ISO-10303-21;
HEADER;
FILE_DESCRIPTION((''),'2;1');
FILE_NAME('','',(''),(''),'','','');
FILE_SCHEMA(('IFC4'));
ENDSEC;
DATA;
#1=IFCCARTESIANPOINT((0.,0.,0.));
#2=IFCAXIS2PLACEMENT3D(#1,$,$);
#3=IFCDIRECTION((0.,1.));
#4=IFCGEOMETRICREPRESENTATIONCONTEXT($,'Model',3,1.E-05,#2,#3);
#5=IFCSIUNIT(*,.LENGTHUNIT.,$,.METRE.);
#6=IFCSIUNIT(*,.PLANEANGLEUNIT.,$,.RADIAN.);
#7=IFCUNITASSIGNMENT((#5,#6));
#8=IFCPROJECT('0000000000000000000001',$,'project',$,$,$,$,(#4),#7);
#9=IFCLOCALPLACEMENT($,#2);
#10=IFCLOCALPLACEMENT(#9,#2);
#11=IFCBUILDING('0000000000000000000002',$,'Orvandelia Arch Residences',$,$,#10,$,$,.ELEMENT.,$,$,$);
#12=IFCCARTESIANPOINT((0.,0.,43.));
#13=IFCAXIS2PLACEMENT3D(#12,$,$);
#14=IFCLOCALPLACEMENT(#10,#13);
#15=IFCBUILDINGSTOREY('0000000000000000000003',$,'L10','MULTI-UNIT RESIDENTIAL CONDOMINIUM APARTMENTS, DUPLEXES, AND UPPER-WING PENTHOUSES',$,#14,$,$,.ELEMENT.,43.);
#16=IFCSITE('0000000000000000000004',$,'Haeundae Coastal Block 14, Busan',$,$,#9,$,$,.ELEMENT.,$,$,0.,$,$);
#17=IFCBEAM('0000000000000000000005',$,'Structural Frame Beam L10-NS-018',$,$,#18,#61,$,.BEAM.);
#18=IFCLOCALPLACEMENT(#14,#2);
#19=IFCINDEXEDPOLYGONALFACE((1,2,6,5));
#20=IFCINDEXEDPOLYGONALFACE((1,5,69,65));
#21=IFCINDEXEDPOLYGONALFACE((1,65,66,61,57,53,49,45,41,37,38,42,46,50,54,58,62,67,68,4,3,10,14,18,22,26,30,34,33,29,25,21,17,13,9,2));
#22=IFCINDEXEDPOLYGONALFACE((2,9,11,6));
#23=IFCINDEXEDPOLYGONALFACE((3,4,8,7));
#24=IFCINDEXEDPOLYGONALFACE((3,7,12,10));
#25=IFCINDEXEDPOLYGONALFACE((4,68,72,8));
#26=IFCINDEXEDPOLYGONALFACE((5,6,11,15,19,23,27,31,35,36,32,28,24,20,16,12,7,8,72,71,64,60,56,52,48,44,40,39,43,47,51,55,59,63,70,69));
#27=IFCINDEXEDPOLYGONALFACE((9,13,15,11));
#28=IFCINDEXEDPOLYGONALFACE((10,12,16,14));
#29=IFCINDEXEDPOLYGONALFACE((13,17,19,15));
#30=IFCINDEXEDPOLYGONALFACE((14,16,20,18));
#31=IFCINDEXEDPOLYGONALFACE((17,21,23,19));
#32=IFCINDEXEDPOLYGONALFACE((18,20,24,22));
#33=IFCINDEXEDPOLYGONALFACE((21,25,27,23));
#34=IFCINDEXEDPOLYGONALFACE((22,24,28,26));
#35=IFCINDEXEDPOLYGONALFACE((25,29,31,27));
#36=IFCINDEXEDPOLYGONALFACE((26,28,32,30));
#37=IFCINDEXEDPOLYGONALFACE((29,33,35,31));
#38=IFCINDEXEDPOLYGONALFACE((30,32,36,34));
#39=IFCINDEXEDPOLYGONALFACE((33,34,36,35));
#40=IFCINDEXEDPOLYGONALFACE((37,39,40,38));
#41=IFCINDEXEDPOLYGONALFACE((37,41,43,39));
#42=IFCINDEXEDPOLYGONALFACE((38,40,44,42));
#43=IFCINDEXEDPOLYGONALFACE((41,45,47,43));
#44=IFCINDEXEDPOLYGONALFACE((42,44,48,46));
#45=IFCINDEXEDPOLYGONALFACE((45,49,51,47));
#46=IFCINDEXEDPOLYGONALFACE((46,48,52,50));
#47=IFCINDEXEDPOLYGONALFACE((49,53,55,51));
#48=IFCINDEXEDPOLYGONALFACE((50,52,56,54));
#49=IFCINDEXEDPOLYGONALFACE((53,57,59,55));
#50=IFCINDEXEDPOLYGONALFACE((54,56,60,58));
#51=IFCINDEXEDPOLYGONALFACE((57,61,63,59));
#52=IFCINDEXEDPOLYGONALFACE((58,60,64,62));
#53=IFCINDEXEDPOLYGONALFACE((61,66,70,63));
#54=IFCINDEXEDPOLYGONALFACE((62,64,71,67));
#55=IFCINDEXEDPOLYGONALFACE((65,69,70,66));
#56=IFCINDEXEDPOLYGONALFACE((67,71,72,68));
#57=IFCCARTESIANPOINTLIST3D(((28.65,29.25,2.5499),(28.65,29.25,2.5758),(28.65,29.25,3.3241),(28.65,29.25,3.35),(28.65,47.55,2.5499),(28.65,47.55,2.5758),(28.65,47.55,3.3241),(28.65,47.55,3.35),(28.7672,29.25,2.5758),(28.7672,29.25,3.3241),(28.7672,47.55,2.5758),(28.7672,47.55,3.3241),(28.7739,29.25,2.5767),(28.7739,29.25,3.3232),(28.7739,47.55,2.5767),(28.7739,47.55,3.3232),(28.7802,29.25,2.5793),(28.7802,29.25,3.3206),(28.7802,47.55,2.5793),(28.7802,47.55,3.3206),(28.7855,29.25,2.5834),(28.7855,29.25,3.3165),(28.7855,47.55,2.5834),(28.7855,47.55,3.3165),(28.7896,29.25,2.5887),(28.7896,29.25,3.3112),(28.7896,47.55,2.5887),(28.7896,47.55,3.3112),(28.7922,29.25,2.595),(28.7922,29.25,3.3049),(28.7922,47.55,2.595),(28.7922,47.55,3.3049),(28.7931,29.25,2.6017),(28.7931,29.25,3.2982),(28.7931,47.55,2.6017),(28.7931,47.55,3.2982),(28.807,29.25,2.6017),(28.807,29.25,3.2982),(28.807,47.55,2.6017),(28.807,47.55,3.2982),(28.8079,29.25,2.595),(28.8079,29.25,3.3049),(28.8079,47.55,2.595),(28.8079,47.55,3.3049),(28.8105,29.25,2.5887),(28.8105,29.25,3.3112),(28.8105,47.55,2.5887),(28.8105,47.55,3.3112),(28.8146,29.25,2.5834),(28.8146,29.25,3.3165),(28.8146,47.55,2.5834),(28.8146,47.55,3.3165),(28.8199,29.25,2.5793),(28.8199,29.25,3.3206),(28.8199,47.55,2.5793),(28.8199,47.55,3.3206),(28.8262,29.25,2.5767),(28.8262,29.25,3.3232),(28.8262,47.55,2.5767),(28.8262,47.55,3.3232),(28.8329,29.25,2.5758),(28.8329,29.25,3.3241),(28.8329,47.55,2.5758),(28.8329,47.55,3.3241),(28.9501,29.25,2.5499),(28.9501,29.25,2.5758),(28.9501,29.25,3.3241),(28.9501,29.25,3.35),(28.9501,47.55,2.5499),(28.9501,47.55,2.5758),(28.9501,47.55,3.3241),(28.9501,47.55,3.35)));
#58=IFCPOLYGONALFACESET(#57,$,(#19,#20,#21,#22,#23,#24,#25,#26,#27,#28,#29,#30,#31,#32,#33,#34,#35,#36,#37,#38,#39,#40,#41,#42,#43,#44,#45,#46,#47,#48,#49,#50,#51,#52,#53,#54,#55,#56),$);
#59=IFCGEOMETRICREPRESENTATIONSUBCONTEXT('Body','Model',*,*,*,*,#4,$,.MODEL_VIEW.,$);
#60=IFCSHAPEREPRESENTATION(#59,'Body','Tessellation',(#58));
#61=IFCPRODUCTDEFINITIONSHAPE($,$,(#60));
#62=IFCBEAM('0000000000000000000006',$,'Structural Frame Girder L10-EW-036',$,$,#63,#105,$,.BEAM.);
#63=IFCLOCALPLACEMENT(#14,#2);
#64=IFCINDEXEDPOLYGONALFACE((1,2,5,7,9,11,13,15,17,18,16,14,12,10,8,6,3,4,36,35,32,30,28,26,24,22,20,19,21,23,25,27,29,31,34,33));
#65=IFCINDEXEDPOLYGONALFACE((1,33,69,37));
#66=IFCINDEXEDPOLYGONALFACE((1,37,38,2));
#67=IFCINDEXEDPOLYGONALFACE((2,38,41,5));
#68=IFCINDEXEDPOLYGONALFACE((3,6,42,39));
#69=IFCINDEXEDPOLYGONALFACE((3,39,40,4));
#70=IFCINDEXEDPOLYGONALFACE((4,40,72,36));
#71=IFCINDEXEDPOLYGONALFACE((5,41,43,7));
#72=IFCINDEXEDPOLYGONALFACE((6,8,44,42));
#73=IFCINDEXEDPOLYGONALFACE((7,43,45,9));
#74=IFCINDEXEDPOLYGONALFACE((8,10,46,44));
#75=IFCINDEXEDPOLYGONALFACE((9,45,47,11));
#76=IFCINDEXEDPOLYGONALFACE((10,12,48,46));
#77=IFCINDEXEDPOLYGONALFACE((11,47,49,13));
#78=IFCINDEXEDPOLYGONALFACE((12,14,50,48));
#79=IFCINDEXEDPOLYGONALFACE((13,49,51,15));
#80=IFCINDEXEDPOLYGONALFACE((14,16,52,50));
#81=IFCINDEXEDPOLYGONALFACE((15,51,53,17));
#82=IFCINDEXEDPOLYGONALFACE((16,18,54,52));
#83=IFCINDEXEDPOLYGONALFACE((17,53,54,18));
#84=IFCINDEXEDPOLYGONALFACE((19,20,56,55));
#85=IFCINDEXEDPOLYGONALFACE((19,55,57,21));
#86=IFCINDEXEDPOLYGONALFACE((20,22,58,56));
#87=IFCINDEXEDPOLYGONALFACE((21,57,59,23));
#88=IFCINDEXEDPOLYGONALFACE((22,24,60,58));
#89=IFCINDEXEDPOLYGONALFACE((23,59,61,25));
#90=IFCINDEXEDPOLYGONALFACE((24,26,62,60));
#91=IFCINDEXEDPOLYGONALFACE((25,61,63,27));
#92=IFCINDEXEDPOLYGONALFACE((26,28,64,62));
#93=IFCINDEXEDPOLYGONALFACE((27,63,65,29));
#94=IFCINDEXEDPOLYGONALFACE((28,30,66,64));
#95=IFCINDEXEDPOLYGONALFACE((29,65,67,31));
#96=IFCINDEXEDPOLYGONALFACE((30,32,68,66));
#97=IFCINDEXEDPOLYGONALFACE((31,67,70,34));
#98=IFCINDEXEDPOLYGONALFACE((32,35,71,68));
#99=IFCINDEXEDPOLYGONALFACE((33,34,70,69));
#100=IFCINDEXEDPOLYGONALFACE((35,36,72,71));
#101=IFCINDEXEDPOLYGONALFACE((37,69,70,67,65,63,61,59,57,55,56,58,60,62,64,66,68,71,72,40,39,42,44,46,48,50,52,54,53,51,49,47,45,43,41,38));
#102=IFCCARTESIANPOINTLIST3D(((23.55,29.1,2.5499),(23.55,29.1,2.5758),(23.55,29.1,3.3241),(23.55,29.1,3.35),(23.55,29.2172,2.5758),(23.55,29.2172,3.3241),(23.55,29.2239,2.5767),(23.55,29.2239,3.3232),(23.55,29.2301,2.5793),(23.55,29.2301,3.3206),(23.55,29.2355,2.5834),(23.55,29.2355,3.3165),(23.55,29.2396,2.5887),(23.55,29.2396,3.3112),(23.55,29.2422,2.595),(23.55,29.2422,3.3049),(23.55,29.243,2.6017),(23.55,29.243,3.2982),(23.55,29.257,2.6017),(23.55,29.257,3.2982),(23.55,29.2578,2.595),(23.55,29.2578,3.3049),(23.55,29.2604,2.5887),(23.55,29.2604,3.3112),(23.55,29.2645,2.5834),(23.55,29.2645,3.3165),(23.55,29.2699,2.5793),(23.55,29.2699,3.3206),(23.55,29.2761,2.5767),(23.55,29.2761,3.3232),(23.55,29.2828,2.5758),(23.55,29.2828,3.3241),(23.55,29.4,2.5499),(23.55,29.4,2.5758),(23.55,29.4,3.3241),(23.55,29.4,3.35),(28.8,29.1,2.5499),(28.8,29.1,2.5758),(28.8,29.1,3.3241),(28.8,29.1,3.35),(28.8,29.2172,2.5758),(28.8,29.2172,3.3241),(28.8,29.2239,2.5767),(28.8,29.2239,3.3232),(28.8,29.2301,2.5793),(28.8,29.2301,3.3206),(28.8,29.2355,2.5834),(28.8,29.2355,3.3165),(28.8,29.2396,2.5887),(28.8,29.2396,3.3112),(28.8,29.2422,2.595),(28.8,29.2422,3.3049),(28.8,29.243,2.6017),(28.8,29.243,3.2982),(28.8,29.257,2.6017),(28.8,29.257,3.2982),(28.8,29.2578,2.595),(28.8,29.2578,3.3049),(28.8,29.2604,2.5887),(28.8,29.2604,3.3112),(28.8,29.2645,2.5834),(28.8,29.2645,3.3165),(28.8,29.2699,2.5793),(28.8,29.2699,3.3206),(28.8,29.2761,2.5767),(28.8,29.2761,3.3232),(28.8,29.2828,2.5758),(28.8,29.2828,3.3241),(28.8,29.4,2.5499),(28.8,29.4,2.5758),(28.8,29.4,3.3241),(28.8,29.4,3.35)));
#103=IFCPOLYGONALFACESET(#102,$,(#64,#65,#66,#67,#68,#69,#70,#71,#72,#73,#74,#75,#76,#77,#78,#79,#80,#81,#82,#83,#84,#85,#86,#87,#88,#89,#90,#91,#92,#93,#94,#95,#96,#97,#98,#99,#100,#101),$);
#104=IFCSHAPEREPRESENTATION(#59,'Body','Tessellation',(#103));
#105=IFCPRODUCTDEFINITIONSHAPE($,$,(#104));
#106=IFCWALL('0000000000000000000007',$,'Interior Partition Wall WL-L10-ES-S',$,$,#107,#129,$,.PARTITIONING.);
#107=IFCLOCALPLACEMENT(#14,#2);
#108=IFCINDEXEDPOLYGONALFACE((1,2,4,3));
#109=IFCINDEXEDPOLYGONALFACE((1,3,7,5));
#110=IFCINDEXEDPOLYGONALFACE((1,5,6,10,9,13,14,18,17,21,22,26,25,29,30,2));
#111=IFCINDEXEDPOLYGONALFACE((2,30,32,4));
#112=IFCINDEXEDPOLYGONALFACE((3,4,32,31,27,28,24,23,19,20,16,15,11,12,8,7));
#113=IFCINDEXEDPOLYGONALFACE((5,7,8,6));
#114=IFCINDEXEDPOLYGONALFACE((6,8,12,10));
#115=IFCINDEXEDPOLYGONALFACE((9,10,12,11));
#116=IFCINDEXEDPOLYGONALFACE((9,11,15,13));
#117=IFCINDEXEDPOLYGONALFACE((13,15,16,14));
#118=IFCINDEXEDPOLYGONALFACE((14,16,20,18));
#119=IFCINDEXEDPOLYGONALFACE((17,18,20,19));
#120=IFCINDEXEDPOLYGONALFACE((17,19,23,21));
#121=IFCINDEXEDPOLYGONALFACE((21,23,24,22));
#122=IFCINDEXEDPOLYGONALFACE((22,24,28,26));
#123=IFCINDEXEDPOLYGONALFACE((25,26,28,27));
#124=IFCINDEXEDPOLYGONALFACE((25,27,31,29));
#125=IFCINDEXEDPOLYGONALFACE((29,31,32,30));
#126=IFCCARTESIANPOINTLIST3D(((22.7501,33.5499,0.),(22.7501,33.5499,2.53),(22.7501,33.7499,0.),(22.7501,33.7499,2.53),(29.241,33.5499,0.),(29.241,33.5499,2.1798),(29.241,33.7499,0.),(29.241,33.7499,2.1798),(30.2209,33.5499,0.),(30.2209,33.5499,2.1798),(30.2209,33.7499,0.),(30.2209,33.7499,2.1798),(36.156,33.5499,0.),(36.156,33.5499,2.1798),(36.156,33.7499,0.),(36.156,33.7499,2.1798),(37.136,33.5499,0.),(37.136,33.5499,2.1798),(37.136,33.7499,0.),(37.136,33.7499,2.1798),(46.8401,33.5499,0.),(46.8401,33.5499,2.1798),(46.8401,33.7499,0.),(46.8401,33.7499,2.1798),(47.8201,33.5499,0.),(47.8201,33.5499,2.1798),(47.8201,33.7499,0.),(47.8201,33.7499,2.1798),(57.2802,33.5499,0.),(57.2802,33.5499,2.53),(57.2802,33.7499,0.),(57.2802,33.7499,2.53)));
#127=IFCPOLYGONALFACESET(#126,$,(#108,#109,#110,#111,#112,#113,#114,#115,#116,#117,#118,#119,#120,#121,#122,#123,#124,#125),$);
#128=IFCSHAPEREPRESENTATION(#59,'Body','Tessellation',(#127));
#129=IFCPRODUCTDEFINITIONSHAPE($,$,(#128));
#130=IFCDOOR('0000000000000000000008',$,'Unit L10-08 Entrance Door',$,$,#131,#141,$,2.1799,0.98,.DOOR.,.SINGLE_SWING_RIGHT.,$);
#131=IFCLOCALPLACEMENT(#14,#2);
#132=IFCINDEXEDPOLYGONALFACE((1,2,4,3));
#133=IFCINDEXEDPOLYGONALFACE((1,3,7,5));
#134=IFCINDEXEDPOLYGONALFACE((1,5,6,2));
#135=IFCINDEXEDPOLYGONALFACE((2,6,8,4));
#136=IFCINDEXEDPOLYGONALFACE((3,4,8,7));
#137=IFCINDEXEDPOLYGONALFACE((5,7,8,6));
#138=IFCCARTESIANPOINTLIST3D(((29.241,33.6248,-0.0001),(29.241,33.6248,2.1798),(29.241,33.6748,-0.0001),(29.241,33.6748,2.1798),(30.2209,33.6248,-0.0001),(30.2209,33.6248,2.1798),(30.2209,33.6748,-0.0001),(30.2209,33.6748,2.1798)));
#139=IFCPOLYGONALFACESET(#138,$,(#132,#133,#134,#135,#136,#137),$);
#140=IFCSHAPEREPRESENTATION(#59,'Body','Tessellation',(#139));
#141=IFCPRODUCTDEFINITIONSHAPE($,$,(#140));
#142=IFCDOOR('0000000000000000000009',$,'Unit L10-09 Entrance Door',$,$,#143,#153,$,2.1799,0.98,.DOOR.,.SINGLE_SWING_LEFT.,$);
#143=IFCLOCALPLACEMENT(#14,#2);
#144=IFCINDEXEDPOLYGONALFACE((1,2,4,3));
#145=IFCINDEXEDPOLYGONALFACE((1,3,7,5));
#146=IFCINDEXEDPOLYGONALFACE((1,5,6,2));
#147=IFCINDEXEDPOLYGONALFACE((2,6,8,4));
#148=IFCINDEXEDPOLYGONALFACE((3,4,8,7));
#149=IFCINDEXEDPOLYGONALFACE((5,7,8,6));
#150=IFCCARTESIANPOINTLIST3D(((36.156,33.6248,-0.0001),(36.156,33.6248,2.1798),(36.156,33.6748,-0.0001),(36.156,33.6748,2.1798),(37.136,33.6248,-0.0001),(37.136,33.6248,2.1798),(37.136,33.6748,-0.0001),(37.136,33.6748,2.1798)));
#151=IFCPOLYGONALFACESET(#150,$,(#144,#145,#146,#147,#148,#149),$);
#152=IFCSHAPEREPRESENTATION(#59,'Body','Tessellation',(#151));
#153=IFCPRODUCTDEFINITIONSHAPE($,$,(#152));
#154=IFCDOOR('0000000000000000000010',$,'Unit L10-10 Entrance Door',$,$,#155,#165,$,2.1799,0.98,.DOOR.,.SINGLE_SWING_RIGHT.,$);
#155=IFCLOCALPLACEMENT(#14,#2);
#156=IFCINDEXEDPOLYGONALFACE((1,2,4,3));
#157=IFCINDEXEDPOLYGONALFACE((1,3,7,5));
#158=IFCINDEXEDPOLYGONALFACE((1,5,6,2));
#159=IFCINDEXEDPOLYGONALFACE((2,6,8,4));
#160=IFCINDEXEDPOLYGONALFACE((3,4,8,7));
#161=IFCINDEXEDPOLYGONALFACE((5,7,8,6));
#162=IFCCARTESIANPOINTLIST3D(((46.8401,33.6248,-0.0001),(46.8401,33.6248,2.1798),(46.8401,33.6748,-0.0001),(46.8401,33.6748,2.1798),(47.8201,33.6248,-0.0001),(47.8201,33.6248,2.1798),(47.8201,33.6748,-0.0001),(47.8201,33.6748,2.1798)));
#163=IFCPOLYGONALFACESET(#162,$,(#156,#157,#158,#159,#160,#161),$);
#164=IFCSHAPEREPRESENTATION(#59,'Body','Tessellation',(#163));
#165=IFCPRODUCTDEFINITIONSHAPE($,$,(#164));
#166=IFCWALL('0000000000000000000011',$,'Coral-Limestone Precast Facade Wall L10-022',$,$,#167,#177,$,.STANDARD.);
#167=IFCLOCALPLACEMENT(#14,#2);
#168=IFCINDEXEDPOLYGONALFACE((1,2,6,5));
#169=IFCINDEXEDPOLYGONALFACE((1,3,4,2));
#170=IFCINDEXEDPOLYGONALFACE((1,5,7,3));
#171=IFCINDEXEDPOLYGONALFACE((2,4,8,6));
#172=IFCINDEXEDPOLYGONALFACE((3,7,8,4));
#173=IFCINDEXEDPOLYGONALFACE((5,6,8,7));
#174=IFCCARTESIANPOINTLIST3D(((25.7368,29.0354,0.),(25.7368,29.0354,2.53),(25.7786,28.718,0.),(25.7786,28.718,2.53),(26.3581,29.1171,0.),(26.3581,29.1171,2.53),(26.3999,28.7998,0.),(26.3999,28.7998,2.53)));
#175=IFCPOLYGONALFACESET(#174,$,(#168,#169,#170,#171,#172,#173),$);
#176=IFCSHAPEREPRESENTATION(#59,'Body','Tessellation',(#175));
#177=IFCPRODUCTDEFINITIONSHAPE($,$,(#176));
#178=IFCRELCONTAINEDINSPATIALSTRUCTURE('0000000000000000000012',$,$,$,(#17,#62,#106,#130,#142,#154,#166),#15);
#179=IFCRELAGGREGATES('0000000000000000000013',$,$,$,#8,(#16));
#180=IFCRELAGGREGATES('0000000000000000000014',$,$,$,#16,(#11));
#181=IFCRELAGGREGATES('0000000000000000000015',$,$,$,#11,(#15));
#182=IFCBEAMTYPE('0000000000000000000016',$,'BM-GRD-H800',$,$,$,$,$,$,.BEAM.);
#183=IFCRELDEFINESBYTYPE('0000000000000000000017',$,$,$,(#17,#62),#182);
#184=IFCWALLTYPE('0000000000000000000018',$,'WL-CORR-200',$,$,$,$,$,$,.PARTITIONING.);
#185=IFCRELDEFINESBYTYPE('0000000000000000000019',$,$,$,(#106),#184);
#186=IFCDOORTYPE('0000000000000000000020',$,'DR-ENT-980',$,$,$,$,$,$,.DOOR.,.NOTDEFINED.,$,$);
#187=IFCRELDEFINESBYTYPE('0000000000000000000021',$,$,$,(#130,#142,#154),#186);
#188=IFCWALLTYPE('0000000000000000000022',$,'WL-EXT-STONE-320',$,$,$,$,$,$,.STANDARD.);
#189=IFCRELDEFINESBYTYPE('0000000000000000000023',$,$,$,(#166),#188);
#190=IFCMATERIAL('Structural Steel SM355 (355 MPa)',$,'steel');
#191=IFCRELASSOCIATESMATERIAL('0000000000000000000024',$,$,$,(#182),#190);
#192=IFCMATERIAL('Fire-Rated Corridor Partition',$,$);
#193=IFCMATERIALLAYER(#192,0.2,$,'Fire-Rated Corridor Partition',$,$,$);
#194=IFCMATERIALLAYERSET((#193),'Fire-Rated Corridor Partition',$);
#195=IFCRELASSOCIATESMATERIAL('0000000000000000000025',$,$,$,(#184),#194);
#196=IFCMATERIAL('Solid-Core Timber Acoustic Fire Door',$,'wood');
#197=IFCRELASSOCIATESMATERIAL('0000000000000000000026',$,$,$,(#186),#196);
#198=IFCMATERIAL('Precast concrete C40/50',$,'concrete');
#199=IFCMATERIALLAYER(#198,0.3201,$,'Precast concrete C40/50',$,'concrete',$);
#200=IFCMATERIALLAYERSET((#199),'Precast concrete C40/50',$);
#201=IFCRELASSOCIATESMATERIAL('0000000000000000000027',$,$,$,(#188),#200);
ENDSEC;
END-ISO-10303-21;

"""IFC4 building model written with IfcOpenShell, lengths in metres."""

from ifc_helpers import new_model, si_unit, direction, frame, frame_2d, origin, origin_2d, place, context, subcontext, project, spatial, rectangle, i_section, extrude, material, layer, layer_set, material_profile, profile_set, type_object, element, fill, save


model = new_model("IFC4")

# Units and contexts
model_context = context("Model", 3, precision=1e-05, world=origin(), true_north=direction((0.0, 1.0)))
body_context = subcontext(model_context, "Body", "Model", "MODEL_VIEW")
ifc_project = project(units=[si_unit("LENGTHUNIT", "METRE"), si_unit("PLANEANGLEUNIT", "RADIAN")], contexts=[model_context])

# Site, building, storey
site_placement = place(None, origin())
site = spatial("IfcSite", under=ifc_project, at=site_placement, Name="Haeundae Coastal Block 14, Busan", CompositionType="ELEMENT", RefElevation=0.0)
building_placement = place(site_placement, origin())
building = spatial("IfcBuilding", under=site, at=building_placement, Name="Orvandelia Arch Residences", CompositionType="ELEMENT")
storey_placement = place(building_placement, frame((0.0, 0.0, 43.0)))
storey = spatial("IfcBuildingStorey", under=building, at=storey_placement, Name="L10", Description="MULTI-UNIT RESIDENTIAL CONDOMINIUM APARTMENTS, DUPLEXES, AND UPPER-WING PENTHOUSES", CompositionType="ELEMENT", Elevation=43.0)

# Beams
ifc_material_1 = material(Name="Structural Steel SM355 (355 MPa)", Category="steel")
ifc_material_profile_1 = material_profile(ifc_material_1, i_section(OverallWidth=0.3, OverallDepth=0.8, WebThickness=0.0139, FlangeThickness=0.0259, FilletRadius=0.0259, at=origin_2d()), Name="Structural Steel SM355 (355 MPa)", Category="steel")
ifc_profile_set_1 = profile_set([ifc_material_profile_1], Name="Structural Steel SM355 (355 MPa)")
beam_type = type_object("IfcBeamType", Name="BM-GRD-H800", PredefinedType="BEAM", material=ifc_profile_set_1)
beam_1_placement = place(storey_placement, frame((28.8, 29.25, 2.95), z_axis=(0.0, 1.0, 0.0), x_axis=(-1.0, 0.0, 0.0)))
element("IfcBeam", 1, at=beam_1_placement, inside=storey, type_object=beam_type, Name="Structural Frame Beam L10-NS-018", PredefinedType="BEAM", context=body_context, shape_type="SweptSolid", body=[
    extrude(i_section(OverallWidth=0.3, OverallDepth=0.8, WebThickness=0.0139, FlangeThickness=0.0259, FilletRadius=0.0259, at=origin_2d()), origin(), (0.0, 0.0, 1.0), 18.3),
])
beam_2_placement = place(storey_placement, frame((23.55, 29.25, 2.95), z_axis=(1.0, 0.0, 0.0), x_axis=(0.0, 1.0, 0.0)))
element("IfcBeam", 2, at=beam_2_placement, inside=storey, type_object=beam_type, Name="Structural Frame Girder L10-EW-036", PredefinedType="BEAM", context=body_context, shape_type="SweptSolid", body=[
    extrude(i_section(OverallWidth=0.3, OverallDepth=0.8, WebThickness=0.0139, FlangeThickness=0.0259, FilletRadius=0.0259, at=origin_2d()), origin(), (0.0, 0.0, 1.0), 5.25),
])

# Wall, openings, doors
ifc_material_2 = material(Name="Fire-Rated Corridor Partition")
ifc_layer_1 = layer(ifc_material_2, 0.2, Name="Fire-Rated Corridor Partition")
ifc_layer_set_1 = layer_set([ifc_layer_1], Name="Fire-Rated Corridor Partition")
wall_type_1 = type_object("IfcWallType", Name="WL-CORR-200", PredefinedType="PARTITIONING", material=ifc_layer_set_1)
wall_1_placement = place(storey_placement, frame((22.75, 33.6499, 0.0), z_axis=(0.0, 0.0, 1.0), x_axis=(1.0, 0.0, 0.0)))
wall_1 = element("IfcWall", 3, at=wall_1_placement, inside=storey, type_object=wall_type_1, Name="Interior Partition Wall WL-L10-ES-S", PredefinedType="PARTITIONING", context=body_context, shape_type="SweptSolid", body=[
    extrude(rectangle(XDim=34.53, YDim=0.2, at=frame_2d((17.2651, 0.0))), origin(), (0.0, 0.0, 1.0), 2.53),
])
opening_1_placement = place(wall_1_placement, frame((6.491, 0.0, 0.0)))
opening_1 = element("IfcOpeningElement", 4, at=opening_1_placement, cuts=wall_1, PredefinedType="OPENING", context=body_context, shape_type="SweptSolid", body=[
    extrude(rectangle(XDim=0.98, YDim=2.1799, at=frame_2d((0.49, 1.0898))), frame((0.0, 0.1099, 0.0), z_axis=(0.0, -1.0, 0.0), x_axis=(1.0, 0.0, 0.0)), (0.0, 0.0, 1.0), 0.22),
])
opening_2_placement = place(wall_1_placement, frame((13.406, 0.0, 0.0)))
opening_2 = element("IfcOpeningElement", 5, at=opening_2_placement, cuts=wall_1, PredefinedType="OPENING", context=body_context, shape_type="SweptSolid", body=[
    extrude(rectangle(XDim=0.98, YDim=2.1799, at=frame_2d((0.49, 1.0898))), frame((0.0, 0.1099, 0.0), z_axis=(0.0, -1.0, 0.0), x_axis=(1.0, 0.0, 0.0)), (0.0, 0.0, 1.0), 0.22),
])
opening_3_placement = place(wall_1_placement, frame((24.0901, 0.0, 0.0)))
opening_3 = element("IfcOpeningElement", 6, at=opening_3_placement, cuts=wall_1, PredefinedType="OPENING", context=body_context, shape_type="SweptSolid", body=[
    extrude(rectangle(XDim=0.98, YDim=2.1799, at=frame_2d((0.49, 1.0898))), frame((0.0, 0.1099, 0.0), z_axis=(0.0, -1.0, 0.0), x_axis=(1.0, 0.0, 0.0)), (0.0, 0.0, 1.0), 0.22),
])
ifc_material_3 = material(Name="Solid-Core Timber Acoustic Fire Door", Category="wood")
door_type_1 = type_object("IfcDoorType", Name="DR-ENT-980", OperationType="NOTDEFINED", PredefinedType="DOOR", material=ifc_material_3)
door_1_placement = place(opening_1_placement, origin())
door_1 = element("IfcDoor", 7, at=door_1_placement, inside=storey, type_object=door_type_1, Name="Unit L10-08 Entrance Door", OperationType="SINGLE_SWING_RIGHT", OverallHeight=2.1799, OverallWidth=0.98, PredefinedType="DOOR", context=body_context, shape_type="SweptSolid", body=[
    extrude(rectangle(XDim=0.98, YDim=2.1799, at=frame_2d((0.49, 1.0898))), frame((0.0, 0.0249, 0.0), z_axis=(0.0, -1.0, 0.0), x_axis=(1.0, 0.0, 0.0)), (0.0, 0.0, 1.0), 0.05),
])
fill(opening_1, door_1)
door_2_placement = place(opening_2_placement, origin())
door_2 = element("IfcDoor", 8, at=door_2_placement, inside=storey, type_object=door_type_1, Name="Unit L10-09 Entrance Door", OperationType="SINGLE_SWING_LEFT", OverallHeight=2.1799, OverallWidth=0.98, PredefinedType="DOOR", context=body_context, shape_type="SweptSolid", body=[
    extrude(rectangle(XDim=0.98, YDim=2.1799, at=frame_2d((0.49, 1.0898))), frame((0.0, 0.0249, 0.0), z_axis=(0.0, -1.0, 0.0), x_axis=(1.0, 0.0, 0.0)), (0.0, 0.0, 1.0), 0.05),
])
fill(opening_2, door_2)
door_3_placement = place(opening_3_placement, origin())
door_3 = element("IfcDoor", 9, at=door_3_placement, inside=storey, type_object=door_type_1, Name="Unit L10-10 Entrance Door", OperationType="SINGLE_SWING_RIGHT", OverallHeight=2.1799, OverallWidth=0.98, PredefinedType="DOOR", context=body_context, shape_type="SweptSolid", body=[
    extrude(rectangle(XDim=0.98, YDim=2.1799, at=frame_2d((0.49, 1.0898))), frame((0.0, 0.0249, 0.0), z_axis=(0.0, -1.0, 0.0), x_axis=(1.0, 0.0, 0.0)), (0.0, 0.0, 1.0), 0.05),
])
fill(opening_3, door_3)

# Wall
ifc_material_4 = material(Name="Precast concrete C40/50", Category="concrete")
ifc_layer_2 = layer(ifc_material_4, 0.3201, Name="Precast concrete C40/50", Category="concrete")
ifc_layer_set_2 = layer_set([ifc_layer_2], Name="Precast concrete C40/50")
wall_type_2 = type_object("IfcWallType", Name="WL-EXT-STONE-320", PredefinedType="STANDARD", material=ifc_layer_set_2)
wall_2_placement = place(storey_placement, frame((26.3792, 28.9585, 0.0), z_axis=(0.0, 0.0, 1.0), x_axis=(-0.991448, -0.130505, 0.0)))
element("IfcWall", 10, at=wall_2_placement, inside=storey, type_object=wall_type_2, Name="Coral-Limestone Precast Facade Wall L10-022", PredefinedType="STANDARD", context=body_context, shape_type="SweptSolid", body=[
    extrude(rectangle(XDim=0.6267, YDim=0.3201, at=frame_2d((0.3135, 0.0))), origin(), (0.0, 0.0, 1.0), 2.53),
])

save(model, "model.ifc")
